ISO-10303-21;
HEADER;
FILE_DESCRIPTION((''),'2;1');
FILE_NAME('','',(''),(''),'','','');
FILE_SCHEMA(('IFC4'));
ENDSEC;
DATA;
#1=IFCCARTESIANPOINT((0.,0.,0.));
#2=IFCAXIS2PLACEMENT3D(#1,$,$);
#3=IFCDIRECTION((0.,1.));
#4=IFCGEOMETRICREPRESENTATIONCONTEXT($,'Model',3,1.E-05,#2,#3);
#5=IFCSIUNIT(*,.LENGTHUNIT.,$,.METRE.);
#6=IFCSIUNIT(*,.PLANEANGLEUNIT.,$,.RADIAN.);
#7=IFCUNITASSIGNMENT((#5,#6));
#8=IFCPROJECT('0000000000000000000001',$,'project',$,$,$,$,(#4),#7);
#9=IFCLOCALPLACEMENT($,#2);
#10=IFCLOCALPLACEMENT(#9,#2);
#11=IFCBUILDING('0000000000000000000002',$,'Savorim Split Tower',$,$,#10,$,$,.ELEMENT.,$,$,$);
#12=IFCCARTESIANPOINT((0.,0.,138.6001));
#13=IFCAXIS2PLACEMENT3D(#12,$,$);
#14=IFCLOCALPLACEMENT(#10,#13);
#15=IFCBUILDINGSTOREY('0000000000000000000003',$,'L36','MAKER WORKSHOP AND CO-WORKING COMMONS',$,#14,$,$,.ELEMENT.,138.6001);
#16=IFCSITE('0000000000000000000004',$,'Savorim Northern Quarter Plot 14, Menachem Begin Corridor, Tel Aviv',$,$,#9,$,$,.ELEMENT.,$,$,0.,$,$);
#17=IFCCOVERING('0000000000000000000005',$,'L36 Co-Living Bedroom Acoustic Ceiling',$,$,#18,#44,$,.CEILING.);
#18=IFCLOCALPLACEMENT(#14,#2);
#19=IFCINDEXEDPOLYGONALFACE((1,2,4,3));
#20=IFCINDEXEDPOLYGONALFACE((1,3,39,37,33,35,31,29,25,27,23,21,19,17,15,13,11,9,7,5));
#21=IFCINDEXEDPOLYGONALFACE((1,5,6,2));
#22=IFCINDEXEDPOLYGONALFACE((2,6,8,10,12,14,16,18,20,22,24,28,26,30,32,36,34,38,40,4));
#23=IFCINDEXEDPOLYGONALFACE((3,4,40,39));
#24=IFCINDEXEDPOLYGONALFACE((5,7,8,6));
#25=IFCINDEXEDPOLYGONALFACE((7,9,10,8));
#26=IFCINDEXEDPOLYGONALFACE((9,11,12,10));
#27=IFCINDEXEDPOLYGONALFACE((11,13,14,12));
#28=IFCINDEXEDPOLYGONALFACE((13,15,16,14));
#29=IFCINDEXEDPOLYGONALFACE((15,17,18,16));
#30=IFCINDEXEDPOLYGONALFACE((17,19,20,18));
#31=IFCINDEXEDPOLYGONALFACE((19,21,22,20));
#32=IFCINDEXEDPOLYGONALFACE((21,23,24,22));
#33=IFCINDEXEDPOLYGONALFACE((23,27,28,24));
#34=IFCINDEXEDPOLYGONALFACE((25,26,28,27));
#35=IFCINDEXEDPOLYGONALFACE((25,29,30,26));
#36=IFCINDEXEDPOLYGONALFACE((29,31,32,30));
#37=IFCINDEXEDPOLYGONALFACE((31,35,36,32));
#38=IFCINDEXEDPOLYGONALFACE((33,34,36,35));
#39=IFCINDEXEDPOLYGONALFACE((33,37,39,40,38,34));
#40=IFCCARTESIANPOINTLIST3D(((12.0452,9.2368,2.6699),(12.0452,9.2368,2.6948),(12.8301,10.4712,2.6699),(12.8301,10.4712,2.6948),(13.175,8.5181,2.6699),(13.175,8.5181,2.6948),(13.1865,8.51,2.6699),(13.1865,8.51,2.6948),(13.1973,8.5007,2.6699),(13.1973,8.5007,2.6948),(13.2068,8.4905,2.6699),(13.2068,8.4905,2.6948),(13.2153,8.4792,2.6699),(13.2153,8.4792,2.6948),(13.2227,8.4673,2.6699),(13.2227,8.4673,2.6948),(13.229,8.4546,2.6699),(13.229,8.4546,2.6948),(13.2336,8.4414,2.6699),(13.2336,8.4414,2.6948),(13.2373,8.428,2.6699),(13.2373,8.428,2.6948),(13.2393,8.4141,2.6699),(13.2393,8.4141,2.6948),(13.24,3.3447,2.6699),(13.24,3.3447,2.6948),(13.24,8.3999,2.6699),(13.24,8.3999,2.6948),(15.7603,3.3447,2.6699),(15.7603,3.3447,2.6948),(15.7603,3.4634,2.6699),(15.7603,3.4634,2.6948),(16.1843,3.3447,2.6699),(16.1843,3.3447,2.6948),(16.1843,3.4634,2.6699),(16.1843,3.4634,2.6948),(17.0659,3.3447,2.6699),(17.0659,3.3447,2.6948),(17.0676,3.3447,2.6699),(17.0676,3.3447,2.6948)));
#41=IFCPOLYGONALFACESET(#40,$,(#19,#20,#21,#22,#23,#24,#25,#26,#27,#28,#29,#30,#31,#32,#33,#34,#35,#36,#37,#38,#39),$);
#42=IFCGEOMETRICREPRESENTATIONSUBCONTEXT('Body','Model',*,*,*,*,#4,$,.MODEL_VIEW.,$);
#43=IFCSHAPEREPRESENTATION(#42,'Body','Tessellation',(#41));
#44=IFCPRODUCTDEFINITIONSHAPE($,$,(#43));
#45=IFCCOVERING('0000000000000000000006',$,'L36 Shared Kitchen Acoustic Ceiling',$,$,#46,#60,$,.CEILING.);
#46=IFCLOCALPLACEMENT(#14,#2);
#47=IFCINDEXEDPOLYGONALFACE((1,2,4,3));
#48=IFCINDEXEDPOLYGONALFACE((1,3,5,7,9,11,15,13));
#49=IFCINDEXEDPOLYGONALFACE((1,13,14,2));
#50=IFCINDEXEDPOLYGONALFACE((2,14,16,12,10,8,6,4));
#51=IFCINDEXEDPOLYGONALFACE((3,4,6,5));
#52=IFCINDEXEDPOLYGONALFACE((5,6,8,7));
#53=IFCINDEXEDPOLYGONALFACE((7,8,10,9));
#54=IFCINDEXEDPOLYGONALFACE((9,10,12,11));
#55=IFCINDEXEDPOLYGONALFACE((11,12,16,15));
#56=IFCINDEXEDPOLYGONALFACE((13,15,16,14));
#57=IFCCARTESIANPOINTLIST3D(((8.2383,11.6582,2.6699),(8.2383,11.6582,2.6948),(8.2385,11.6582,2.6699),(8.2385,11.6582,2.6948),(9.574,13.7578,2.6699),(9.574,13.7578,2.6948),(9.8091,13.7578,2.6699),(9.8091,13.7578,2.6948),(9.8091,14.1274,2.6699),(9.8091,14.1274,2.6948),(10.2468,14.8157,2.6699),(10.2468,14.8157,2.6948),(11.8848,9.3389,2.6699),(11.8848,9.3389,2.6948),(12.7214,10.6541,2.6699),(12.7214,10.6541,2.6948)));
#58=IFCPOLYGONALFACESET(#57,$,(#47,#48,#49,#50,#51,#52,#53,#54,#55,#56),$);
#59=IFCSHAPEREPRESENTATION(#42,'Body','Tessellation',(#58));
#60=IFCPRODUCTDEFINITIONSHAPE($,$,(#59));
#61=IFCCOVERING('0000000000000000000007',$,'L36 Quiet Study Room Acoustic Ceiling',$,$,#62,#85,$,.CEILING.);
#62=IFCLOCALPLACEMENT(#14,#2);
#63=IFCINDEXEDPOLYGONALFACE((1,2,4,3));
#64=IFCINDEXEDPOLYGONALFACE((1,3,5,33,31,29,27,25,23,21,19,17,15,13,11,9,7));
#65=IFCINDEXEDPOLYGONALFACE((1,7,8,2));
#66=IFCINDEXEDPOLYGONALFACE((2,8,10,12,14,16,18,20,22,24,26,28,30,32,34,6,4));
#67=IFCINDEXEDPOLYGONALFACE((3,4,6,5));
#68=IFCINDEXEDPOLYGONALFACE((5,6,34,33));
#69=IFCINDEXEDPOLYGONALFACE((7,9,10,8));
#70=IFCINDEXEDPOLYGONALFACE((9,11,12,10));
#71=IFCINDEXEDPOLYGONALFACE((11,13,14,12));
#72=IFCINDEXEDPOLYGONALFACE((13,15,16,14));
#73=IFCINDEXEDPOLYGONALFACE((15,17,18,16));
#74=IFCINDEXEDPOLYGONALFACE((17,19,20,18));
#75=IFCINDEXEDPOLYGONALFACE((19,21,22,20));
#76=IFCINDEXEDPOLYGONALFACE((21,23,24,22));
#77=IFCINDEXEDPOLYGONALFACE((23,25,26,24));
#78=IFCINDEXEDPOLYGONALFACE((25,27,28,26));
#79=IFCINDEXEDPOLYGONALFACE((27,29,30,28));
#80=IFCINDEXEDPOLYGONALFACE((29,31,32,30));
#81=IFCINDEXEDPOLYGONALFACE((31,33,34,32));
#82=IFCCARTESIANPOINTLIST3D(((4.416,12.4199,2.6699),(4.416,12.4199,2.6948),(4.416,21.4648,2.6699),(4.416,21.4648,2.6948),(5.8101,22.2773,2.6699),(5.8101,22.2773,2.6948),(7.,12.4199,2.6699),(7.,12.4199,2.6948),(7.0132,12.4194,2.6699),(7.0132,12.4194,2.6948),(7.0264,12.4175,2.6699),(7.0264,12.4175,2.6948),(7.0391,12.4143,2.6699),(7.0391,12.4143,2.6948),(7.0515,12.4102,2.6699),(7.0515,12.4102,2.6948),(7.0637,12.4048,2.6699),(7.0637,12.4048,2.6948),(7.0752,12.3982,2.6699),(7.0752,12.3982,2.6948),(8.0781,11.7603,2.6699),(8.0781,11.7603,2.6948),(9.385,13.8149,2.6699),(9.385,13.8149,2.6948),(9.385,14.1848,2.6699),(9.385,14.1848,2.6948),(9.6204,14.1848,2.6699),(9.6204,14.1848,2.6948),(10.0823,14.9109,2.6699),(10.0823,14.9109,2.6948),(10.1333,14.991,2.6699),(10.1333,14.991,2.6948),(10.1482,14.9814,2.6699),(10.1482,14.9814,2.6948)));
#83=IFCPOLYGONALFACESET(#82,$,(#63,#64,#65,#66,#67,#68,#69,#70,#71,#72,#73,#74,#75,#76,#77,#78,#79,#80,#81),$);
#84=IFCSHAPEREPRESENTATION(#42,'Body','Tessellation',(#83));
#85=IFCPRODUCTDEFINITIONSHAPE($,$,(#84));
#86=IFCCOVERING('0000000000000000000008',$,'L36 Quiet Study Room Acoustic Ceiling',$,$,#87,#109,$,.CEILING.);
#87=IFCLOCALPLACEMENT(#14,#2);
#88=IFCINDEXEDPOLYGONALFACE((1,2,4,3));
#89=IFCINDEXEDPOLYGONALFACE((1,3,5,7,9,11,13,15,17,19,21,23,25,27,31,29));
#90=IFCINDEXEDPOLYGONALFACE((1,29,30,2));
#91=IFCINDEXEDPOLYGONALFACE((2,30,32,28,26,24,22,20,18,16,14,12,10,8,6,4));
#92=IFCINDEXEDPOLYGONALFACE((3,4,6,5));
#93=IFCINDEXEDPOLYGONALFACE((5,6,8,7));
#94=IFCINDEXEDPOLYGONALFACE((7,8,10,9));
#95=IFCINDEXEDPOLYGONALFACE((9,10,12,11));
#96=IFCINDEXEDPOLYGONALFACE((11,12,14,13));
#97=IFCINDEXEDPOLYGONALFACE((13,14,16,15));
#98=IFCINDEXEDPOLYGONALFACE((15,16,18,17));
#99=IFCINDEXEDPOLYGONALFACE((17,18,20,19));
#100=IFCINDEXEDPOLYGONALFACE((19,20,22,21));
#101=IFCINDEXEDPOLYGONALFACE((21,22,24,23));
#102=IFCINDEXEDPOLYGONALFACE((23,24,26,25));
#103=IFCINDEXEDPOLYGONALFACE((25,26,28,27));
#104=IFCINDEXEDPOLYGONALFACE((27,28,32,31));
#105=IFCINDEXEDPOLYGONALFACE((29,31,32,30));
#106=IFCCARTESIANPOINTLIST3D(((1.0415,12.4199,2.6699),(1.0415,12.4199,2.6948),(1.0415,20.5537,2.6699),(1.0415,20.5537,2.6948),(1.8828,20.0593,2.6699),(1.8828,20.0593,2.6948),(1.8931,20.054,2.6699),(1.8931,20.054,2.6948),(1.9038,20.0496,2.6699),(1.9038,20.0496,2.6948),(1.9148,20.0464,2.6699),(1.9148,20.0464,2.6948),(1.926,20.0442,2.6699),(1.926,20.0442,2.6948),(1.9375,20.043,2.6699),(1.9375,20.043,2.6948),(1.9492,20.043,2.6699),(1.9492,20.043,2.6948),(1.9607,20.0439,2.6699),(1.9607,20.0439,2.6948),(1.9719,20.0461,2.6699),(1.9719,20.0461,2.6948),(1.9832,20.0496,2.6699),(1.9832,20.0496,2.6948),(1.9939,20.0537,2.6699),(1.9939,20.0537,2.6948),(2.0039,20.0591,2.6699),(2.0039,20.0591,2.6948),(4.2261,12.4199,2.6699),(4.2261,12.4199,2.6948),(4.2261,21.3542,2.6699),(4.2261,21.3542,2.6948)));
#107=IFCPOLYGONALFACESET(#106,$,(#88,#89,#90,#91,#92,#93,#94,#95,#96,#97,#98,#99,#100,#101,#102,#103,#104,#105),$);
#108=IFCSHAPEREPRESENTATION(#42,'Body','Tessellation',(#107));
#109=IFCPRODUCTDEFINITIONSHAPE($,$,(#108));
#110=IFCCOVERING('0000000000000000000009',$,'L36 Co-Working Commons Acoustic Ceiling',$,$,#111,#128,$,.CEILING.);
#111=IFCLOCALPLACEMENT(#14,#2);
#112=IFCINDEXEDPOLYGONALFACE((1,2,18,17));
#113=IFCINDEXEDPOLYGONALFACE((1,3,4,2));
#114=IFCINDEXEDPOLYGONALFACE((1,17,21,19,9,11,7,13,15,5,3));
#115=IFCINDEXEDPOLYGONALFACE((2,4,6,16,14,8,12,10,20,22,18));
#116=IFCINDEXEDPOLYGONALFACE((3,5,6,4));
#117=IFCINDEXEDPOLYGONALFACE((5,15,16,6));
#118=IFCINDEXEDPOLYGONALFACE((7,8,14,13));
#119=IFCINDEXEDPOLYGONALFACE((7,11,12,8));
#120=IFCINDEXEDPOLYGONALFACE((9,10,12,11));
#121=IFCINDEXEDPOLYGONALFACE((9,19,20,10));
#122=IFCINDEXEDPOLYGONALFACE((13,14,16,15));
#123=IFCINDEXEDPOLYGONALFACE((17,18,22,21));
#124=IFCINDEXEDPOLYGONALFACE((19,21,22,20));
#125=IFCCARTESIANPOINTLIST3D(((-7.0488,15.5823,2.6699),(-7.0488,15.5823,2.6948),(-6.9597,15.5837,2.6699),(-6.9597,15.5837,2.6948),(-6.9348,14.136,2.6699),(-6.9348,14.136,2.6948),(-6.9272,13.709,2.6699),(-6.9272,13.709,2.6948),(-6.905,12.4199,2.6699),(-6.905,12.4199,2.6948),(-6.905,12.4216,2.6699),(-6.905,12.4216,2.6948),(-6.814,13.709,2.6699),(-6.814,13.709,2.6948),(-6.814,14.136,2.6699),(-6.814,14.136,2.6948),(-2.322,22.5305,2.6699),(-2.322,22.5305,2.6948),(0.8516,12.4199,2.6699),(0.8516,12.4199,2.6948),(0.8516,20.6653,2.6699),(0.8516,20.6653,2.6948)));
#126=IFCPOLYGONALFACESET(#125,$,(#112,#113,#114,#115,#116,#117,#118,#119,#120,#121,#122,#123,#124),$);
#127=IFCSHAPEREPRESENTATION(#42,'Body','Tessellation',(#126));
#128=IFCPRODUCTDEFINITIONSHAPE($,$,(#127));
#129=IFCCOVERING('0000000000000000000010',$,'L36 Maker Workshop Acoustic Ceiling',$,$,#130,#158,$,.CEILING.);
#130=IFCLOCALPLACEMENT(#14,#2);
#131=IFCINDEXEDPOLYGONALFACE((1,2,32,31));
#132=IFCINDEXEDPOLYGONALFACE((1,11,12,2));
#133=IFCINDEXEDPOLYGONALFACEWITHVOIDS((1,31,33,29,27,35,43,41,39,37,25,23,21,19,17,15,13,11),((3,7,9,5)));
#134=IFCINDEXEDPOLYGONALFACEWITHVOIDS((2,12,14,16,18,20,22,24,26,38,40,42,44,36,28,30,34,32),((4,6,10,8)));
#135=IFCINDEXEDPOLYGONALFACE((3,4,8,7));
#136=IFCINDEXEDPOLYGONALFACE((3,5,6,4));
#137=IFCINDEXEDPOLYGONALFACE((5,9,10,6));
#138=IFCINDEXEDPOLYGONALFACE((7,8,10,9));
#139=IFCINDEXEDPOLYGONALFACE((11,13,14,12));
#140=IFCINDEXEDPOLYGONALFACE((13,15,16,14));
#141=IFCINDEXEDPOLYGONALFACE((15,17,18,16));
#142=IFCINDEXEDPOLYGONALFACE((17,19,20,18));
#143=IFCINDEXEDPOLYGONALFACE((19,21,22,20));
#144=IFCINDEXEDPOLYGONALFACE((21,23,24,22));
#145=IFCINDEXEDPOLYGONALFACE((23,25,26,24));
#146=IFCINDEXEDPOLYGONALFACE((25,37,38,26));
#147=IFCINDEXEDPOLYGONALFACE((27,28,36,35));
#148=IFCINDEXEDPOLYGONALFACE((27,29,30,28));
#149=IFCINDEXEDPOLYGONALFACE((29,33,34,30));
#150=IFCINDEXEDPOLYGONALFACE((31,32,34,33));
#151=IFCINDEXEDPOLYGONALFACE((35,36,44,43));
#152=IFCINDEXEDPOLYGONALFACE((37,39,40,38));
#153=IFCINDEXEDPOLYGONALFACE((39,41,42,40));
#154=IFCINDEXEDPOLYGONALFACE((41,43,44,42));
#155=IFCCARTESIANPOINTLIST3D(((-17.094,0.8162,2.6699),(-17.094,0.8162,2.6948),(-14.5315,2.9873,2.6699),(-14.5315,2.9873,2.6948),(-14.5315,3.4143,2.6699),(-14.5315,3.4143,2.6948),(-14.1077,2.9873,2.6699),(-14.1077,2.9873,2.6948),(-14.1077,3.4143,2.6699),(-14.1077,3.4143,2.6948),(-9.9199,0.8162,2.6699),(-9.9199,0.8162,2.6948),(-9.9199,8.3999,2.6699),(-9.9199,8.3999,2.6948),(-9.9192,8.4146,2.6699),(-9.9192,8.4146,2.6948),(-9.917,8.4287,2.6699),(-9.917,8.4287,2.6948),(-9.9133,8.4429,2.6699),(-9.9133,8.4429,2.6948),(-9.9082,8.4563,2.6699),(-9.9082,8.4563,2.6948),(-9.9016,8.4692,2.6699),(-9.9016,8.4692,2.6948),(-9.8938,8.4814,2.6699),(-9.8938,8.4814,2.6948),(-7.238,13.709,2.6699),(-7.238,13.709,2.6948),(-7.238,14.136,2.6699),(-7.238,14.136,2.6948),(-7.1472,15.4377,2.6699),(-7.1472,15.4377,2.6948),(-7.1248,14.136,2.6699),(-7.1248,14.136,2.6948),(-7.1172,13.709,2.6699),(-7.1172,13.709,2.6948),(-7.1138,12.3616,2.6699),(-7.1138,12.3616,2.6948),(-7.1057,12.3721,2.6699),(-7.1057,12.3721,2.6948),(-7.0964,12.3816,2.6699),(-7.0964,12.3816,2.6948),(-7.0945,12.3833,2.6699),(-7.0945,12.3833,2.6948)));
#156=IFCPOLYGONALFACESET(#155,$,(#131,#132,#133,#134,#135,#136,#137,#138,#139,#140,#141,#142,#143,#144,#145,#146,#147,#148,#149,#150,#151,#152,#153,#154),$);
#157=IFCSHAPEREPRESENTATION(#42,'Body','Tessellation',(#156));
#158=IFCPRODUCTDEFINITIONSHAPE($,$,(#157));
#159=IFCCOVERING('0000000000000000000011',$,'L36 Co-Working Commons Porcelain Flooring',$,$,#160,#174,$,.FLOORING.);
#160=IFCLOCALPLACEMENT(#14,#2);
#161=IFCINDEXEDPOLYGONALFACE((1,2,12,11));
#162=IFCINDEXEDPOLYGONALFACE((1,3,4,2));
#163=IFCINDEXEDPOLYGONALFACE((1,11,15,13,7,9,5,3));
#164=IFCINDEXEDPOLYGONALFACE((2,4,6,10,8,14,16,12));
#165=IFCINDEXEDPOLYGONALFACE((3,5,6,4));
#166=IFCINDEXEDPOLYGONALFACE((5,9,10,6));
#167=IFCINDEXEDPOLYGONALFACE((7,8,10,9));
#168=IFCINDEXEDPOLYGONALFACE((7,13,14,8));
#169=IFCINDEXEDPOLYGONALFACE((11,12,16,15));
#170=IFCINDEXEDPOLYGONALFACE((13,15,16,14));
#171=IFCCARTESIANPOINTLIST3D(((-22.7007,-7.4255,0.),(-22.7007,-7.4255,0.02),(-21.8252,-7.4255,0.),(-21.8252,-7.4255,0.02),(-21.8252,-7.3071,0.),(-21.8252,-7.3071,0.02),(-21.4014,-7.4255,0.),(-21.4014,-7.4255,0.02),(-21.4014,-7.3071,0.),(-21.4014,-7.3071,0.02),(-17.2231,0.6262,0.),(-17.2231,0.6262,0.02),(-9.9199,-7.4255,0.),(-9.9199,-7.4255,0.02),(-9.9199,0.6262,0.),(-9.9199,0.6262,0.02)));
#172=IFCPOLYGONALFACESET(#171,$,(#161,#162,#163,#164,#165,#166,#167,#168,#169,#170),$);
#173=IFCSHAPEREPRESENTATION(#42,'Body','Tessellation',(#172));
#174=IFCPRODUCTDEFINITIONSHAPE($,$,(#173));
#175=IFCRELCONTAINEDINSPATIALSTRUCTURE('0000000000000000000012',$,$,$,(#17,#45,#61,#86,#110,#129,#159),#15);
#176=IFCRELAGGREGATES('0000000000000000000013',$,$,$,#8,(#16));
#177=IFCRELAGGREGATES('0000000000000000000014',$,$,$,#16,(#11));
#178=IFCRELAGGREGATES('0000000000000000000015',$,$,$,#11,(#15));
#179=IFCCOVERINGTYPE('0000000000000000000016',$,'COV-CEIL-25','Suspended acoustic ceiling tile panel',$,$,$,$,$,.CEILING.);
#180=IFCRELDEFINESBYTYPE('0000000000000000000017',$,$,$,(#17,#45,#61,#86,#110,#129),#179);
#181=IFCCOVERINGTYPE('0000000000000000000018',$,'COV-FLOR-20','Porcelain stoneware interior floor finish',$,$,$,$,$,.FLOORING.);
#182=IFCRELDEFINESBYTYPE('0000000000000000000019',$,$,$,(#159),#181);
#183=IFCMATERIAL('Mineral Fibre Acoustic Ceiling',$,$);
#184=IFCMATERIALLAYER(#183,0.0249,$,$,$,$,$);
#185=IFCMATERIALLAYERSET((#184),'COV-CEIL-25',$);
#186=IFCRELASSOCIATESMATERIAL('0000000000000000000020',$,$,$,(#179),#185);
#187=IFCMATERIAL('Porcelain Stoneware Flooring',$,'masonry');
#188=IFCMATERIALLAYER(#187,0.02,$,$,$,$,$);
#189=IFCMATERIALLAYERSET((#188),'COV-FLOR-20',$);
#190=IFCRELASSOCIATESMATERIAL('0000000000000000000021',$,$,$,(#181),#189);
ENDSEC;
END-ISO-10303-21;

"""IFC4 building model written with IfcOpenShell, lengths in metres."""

from ifc_helpers import new_model, si_unit, direction, frame, origin, place, context, subcontext, project, spatial, polyline, outline, extrude, material, layer, layer_set, type_object, element, save


model = new_model("IFC4")

# Units and contexts
model_context = context("Model", 3, precision=1e-05, world=origin(), true_north=direction((0.0, 1.0)))
body_context = subcontext(model_context, "Body", "Model", "MODEL_VIEW")
ifc_project = project(units=[si_unit("LENGTHUNIT", "METRE"), si_unit("PLANEANGLEUNIT", "RADIAN")], contexts=[model_context])

# Site, building, storey
site_placement = place(None, origin())
site = spatial("IfcSite", under=ifc_project, at=site_placement, Name="Savorim Northern Quarter Plot 14, Menachem Begin Corridor, Tel Aviv", CompositionType="ELEMENT", RefElevation=0.0)
building_placement = place(site_placement, origin())
building = spatial("IfcBuilding", under=site, at=building_placement, Name="Savorim Split Tower", CompositionType="ELEMENT")
storey_placement = place(building_placement, frame((0.0, 0.0, 138.6001)))
storey = spatial("IfcBuildingStorey", under=building, at=storey_placement, Name="L36", Description="MAKER WORKSHOP AND CO-WORKING COMMONS", CompositionType="ELEMENT", Elevation=138.6001)

# Coverings
ifc_material_1 = material(Name="Mineral Fibre Acoustic Ceiling")
ifc_layer_1 = layer(ifc_material_1, 0.0249)
ifc_layer_set_1 = layer_set([ifc_layer_1], Name="COV-CEIL-25")
covering_type_1 = type_object("IfcCoveringType", Name="COV-CEIL-25", Description="Suspended acoustic ceiling tile panel", PredefinedType="CEILING", material=ifc_layer_set_1)
covering_1_placement = place(storey_placement, frame((0.0, 0.0, 2.6699)))
element("IfcCovering", 1, at=covering_1_placement, inside=storey, type_object=covering_type_1, Name="L36 Co-Living Bedroom Acoustic Ceiling", PredefinedType="CEILING", context=body_context, shape_type="SweptSolid", body=[
    extrude(outline(polyline([(16.1843, 3.4634), (16.1843, 3.3447), (17.0659, 3.3447), (17.0676, 3.3447), (12.8301, 10.4712), (12.0452, 9.2368), (13.175, 8.5181), (13.1865, 8.51), (13.1973, 8.5007), (13.2068, 8.4905), (13.2153, 8.4792), (13.2227, 8.4673), (13.229, 8.4546), (13.2336, 8.4414), (13.2373, 8.428), (13.2393, 8.4141), (13.24, 8.3999), (13.24, 3.3447), (15.7603, 3.3447), (15.7603, 3.4634), (16.1843, 3.4634)])), origin(), (0.0, 0.0, 1.0), 0.0249),
])
covering_2_placement = place(storey_placement, frame((0.0, 0.0, 2.6699)))
element("IfcCovering", 2, at=covering_2_placement, inside=storey, type_object=covering_type_1, Name="L36 Shared Kitchen Acoustic Ceiling", PredefinedType="CEILING", context=body_context, shape_type="SweptSolid", body=[
    extrude(outline(polyline([(9.574, 13.7578), (8.2385, 11.6582), (8.2383, 11.6582), (11.8848, 9.3389), (12.7214, 10.6541), (10.2468, 14.8157), (9.8091, 14.1274), (9.8091, 13.7578), (9.574, 13.7578)])), origin(), (0.0, 0.0, 1.0), 0.0249),
])
covering_3_placement = place(storey_placement, frame((0.0, 0.0, 2.6699)))
element("IfcCovering", 3, at=covering_3_placement, inside=storey, type_object=covering_type_1, Name="L36 Quiet Study Room Acoustic Ceiling", PredefinedType="CEILING", context=body_context, shape_type="SweptSolid", body=[
    extrude(outline(polyline([(10.1333, 14.991), (10.1482, 14.9814), (5.8101, 22.2773), (4.416, 21.4648), (4.416, 12.4199), (7.0, 12.4199), (7.0132, 12.4194), (7.0264, 12.4175), (7.0391, 12.4143), (7.0515, 12.4102), (7.0637, 12.4048), (7.0752, 12.3982), (8.0781, 11.7603), (9.385, 13.8149), (9.385, 14.1848), (9.6204, 14.1848), (10.0823, 14.9109), (10.1333, 14.991)])), origin(), (0.0, 0.0, 1.0), 0.0249),
])
covering_4_placement = place(storey_placement, frame((0.0, 0.0, 2.6699)))
element("IfcCovering", 4, at=covering_4_placement, inside=storey, type_object=covering_type_1, Name="L36 Quiet Study Room Acoustic Ceiling", PredefinedType="CEILING", context=body_context, shape_type="SweptSolid", body=[
    extrude(outline(polyline([(1.9038, 20.0496), (1.8931, 20.054), (1.8828, 20.0593), (1.0415, 20.5537), (1.0415, 12.4199), (4.2261, 12.4199), (4.2261, 21.3542), (2.0039, 20.0591), (1.9939, 20.0537), (1.9832, 20.0496), (1.9719, 20.0461), (1.9607, 20.0439), (1.9492, 20.043), (1.9375, 20.043), (1.926, 20.0442), (1.9148, 20.0464), (1.9038, 20.0496)])), origin(), (0.0, 0.0, 1.0), 0.0249),
])
covering_5_placement = place(storey_placement, frame((0.0, 0.0, 2.6699)))
element("IfcCovering", 5, at=covering_5_placement, inside=storey, type_object=covering_type_1, Name="L36 Co-Working Commons Acoustic Ceiling", PredefinedType="CEILING", context=body_context, shape_type="SweptSolid", body=[
    extrude(outline(polyline([(-6.905, 12.4199), (0.8516, 12.4199), (0.8516, 20.6653), (-2.322, 22.5305), (-7.0488, 15.5823), (-6.9597, 15.5837), (-6.9348, 14.136), (-6.814, 14.136), (-6.814, 13.709), (-6.9272, 13.709), (-6.905, 12.4216), (-6.905, 12.4199)])), origin(), (0.0, 0.0, 1.0), 0.0249),
])
covering_6_placement = place(storey_placement, frame((0.0, 0.0, 2.6699)))
element("IfcCovering", 6, at=covering_6_placement, inside=storey, type_object=covering_type_1, Name="L36 Maker Workshop Acoustic Ceiling", PredefinedType="CEILING", context=body_context, shape_type="SweptSolid", body=[
    extrude(outline(polyline([(-7.1057, 12.3721), (-7.0964, 12.3816), (-7.0945, 12.3833), (-7.1172, 13.709), (-7.238, 13.709), (-7.238, 14.136), (-7.1248, 14.136), (-7.1472, 15.4377), (-17.094, 0.8162), (-9.9199, 0.8162), (-9.9199, 8.3999), (-9.9192, 8.4146), (-9.917, 8.4287), (-9.9133, 8.4429), (-9.9082, 8.4563), (-9.9016, 8.4692), (-9.8938, 8.4814), (-7.1138, 12.3616), (-7.1057, 12.3721)]), holes=[polyline([(-14.5315, 3.4143), (-14.5315, 2.9873), (-14.1077, 2.9873), (-14.1077, 3.4143), (-14.5315, 3.4143)])]), origin(), (0.0, 0.0, 1.0), 0.0249),
])
ifc_material_2 = material(Name="Porcelain Stoneware Flooring", Category="masonry")
ifc_layer_2 = layer(ifc_material_2, 0.02)
ifc_layer_set_2 = layer_set([ifc_layer_2], Name="COV-FLOR-20")
covering_type_2 = type_object("IfcCoveringType", Name="COV-FLOR-20", Description="Porcelain stoneware interior floor finish", PredefinedType="FLOORING", material=ifc_layer_set_2)
covering_7_placement = place(storey_placement, origin())
element("IfcCovering", 7, at=covering_7_placement, inside=storey, type_object=covering_type_2, Name="L36 Co-Working Commons Porcelain Flooring", PredefinedType="FLOORING", context=body_context, shape_type="SweptSolid", body=[
    extrude(outline(polyline([(-21.4014, -7.3071), (-21.4014, -7.4255), (-9.9199, -7.4255), (-9.9199, 0.6262), (-17.2231, 0.6262), (-22.7007, -7.4255), (-21.8252, -7.4255), (-21.8252, -7.3071), (-21.4014, -7.3071)])), origin(), (0.0, 0.0, 1.0), 0.02),
])

save(model, "model.ifc")
